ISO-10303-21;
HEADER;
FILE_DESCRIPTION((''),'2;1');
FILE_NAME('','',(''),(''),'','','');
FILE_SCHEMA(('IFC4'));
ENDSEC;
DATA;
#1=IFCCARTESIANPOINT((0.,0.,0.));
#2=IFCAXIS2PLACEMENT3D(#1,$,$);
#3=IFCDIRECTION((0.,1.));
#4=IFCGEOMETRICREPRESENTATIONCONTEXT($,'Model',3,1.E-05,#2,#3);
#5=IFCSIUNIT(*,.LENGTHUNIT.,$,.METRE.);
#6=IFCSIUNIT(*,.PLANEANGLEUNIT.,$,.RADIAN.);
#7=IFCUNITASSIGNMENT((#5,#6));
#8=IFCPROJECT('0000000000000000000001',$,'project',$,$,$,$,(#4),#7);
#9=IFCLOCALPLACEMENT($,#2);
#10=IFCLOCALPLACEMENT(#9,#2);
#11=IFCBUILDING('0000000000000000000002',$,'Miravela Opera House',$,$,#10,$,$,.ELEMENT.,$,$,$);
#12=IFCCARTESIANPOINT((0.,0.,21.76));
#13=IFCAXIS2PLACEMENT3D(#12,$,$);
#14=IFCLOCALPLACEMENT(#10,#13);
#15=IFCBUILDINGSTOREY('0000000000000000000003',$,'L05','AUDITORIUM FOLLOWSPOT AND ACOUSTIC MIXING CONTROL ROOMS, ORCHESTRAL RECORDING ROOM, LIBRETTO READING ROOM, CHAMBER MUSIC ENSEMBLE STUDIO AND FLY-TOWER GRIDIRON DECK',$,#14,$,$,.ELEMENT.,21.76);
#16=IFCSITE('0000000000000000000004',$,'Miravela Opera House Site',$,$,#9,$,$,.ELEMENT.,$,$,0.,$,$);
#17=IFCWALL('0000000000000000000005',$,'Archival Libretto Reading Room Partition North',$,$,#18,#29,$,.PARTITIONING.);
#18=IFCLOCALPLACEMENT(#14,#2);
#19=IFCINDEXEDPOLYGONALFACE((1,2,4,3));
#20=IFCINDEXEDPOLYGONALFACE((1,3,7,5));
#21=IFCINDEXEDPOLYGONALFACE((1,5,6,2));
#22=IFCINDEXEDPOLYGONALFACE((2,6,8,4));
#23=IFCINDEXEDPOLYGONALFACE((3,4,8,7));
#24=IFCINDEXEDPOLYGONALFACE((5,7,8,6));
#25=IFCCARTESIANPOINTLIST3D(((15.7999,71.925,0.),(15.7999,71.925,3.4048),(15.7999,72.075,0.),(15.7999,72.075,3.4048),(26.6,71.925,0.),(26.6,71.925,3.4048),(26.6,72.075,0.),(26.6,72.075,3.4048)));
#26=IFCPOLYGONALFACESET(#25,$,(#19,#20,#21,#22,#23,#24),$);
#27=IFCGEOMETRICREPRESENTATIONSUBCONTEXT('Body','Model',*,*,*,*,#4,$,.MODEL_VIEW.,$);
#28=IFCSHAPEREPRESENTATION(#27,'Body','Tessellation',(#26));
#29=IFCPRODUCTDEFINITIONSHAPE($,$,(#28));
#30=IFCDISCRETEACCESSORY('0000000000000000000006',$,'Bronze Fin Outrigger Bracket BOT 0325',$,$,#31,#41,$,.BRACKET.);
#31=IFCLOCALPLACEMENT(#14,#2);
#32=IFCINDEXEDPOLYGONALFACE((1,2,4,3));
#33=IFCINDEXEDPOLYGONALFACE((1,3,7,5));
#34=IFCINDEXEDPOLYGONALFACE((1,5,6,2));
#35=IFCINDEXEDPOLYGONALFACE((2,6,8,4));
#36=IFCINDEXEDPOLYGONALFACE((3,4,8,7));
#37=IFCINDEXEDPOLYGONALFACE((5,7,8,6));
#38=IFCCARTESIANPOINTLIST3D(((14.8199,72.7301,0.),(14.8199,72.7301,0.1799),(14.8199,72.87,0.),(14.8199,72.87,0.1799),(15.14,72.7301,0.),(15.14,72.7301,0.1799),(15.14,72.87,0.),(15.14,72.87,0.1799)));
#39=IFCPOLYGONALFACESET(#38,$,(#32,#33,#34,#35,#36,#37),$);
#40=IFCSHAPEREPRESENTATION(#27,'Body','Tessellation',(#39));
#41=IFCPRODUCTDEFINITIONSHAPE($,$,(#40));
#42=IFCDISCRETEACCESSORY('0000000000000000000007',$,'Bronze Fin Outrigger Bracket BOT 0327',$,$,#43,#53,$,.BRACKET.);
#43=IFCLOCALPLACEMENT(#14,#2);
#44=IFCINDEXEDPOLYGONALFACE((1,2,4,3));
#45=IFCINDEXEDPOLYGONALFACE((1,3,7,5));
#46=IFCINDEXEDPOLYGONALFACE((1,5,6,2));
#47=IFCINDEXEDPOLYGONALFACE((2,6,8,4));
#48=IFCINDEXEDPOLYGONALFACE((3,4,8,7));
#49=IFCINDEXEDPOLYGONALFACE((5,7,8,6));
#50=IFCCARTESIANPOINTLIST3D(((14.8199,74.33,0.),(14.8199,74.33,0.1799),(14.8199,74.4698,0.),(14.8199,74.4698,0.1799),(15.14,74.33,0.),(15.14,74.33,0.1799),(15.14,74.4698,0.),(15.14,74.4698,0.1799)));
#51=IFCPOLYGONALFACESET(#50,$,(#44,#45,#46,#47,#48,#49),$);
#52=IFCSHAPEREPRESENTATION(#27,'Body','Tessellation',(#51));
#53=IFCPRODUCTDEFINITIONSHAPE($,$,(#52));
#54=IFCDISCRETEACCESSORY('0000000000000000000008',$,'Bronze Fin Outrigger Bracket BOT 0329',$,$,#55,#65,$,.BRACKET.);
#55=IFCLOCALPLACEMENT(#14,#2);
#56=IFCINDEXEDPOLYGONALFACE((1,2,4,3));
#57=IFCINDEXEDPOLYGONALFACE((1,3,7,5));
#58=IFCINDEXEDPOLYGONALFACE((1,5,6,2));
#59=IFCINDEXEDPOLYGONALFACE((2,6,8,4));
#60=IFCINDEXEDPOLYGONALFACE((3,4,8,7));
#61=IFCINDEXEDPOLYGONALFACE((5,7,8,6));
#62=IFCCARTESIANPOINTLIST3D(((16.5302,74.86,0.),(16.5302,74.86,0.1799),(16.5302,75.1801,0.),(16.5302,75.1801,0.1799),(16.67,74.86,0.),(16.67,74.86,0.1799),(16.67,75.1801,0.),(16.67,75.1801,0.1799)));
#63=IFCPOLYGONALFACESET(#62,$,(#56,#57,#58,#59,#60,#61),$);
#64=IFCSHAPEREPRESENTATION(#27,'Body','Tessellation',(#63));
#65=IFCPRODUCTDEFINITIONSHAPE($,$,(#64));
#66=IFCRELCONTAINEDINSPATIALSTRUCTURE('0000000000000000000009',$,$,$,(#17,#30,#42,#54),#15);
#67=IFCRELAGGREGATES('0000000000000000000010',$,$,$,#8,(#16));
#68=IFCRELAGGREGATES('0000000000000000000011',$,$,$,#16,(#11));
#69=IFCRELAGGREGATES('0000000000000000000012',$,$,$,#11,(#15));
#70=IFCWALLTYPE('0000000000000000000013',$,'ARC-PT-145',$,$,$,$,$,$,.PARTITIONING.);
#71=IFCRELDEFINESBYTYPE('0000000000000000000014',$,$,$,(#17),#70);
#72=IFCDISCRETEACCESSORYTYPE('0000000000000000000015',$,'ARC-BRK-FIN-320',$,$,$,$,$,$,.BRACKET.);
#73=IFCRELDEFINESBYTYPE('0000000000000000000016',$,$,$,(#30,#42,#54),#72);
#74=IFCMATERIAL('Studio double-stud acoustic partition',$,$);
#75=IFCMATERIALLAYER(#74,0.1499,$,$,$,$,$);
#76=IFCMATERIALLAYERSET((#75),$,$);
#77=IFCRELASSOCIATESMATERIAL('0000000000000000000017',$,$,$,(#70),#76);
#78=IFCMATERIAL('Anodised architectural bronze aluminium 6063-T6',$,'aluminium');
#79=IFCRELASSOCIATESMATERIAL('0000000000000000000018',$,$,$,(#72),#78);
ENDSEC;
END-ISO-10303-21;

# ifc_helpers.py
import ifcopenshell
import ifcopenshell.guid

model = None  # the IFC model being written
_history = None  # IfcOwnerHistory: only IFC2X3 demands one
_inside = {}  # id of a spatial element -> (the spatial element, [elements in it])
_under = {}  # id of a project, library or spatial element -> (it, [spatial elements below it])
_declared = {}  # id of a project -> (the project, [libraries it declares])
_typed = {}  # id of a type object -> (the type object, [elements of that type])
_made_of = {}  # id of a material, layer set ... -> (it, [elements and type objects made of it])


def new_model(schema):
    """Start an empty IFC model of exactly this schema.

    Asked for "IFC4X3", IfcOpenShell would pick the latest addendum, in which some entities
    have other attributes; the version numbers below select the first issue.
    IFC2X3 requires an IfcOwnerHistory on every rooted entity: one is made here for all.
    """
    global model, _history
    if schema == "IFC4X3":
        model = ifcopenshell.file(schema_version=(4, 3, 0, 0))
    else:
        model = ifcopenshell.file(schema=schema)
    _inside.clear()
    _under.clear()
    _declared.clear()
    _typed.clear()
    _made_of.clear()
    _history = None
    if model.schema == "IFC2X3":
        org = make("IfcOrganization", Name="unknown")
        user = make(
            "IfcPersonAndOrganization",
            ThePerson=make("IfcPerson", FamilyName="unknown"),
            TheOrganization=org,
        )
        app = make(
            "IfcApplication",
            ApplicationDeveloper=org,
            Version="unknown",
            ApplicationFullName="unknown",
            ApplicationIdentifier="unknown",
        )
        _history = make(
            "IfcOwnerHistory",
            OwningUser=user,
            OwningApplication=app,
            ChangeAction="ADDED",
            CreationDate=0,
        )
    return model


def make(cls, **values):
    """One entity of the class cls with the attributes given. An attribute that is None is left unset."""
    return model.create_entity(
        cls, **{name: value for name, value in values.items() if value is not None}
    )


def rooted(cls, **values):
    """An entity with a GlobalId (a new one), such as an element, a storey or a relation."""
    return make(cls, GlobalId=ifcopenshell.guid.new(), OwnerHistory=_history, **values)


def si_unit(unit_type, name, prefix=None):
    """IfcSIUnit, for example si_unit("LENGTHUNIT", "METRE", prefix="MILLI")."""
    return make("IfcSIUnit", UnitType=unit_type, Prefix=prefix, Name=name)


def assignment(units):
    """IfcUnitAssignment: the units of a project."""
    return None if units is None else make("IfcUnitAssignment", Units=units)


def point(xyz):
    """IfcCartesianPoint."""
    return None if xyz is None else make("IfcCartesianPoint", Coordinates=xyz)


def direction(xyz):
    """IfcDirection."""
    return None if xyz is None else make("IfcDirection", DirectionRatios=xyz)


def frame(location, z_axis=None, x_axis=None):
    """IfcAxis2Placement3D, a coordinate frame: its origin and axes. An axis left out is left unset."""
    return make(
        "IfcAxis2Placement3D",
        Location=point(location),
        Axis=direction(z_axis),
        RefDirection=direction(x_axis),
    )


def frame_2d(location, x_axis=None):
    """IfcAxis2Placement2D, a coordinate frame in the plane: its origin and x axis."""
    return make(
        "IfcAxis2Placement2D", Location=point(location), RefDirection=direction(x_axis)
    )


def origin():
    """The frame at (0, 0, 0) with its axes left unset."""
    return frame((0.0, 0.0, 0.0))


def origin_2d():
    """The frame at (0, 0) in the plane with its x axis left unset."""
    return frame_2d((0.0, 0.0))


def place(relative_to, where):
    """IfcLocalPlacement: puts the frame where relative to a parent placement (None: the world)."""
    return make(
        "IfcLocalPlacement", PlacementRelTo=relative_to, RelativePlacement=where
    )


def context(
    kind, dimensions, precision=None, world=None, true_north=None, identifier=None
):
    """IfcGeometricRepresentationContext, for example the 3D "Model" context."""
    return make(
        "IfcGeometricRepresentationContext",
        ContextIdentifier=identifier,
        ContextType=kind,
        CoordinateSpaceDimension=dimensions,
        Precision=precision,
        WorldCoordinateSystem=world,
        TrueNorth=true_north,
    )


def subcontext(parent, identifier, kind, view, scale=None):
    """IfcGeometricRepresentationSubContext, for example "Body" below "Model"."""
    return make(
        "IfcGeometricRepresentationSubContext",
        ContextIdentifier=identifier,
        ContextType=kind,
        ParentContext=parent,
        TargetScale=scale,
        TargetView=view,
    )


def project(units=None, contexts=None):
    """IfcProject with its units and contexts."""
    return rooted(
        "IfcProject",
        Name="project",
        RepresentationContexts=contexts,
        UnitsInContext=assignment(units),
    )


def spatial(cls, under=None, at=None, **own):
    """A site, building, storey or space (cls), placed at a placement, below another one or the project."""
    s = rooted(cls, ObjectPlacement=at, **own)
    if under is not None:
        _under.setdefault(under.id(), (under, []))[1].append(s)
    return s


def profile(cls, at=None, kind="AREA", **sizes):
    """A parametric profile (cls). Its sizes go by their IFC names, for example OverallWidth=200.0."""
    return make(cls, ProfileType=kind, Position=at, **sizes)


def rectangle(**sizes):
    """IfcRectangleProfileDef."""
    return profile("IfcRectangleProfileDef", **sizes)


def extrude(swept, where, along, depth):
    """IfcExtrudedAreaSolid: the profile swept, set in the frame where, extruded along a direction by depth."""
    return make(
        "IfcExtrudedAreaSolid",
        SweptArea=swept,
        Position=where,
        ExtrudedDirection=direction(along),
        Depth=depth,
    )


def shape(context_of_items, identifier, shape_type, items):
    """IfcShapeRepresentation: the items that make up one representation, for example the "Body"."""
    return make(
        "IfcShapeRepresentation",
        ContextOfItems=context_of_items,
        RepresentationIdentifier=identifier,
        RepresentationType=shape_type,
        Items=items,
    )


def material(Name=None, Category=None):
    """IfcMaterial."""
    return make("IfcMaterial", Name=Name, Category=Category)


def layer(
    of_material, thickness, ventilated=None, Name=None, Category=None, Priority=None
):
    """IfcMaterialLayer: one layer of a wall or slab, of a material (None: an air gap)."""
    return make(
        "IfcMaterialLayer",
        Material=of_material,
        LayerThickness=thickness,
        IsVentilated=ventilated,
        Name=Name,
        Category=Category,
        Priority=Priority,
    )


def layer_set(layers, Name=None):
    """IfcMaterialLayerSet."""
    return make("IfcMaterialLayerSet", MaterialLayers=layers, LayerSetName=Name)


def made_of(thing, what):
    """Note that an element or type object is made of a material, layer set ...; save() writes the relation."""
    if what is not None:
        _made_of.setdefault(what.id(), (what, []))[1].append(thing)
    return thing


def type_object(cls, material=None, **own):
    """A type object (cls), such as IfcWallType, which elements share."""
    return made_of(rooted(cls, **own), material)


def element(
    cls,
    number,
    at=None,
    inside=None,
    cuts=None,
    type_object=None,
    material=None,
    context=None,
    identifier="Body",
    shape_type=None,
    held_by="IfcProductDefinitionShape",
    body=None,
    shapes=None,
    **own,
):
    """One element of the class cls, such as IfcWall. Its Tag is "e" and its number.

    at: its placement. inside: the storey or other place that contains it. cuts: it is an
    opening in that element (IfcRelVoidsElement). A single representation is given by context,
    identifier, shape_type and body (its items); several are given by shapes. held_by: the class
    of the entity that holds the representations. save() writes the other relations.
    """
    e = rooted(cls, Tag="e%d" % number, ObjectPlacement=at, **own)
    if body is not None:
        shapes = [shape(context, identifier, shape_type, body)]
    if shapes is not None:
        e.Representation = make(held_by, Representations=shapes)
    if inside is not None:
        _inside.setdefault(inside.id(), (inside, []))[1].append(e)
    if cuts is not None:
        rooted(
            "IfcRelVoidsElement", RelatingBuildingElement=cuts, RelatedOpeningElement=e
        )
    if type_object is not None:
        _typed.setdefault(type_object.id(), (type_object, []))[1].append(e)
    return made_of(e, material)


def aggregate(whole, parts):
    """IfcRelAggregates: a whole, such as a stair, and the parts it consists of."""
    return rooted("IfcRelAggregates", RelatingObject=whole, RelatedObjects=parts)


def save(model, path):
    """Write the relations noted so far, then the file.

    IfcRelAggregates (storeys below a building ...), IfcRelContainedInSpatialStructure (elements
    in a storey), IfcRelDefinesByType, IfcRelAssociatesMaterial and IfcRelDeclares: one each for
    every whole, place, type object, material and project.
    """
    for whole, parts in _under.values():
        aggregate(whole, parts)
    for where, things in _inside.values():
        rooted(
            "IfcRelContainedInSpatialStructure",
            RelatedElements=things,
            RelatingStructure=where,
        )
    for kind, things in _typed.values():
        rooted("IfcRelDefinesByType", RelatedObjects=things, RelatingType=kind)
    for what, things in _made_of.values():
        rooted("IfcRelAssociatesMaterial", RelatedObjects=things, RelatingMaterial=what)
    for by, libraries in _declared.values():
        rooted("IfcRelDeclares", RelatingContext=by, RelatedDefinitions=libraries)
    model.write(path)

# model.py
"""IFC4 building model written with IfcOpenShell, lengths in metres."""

from ifc_helpers import new_model, si_unit, direction, frame, frame_2d, origin, origin_2d, place, context, subcontext, project, spatial, rectangle, extrude, material, layer, layer_set, type_object, element, save


model = new_model("IFC4")

# Units and contexts
model_context = context("Model", 3, precision=1e-05, world=origin(), true_north=direction((0.0, 1.0)))
body_context = subcontext(model_context, "Body", "Model", "MODEL_VIEW")
ifc_project = project(units=[si_unit("LENGTHUNIT", "METRE"), si_unit("PLANEANGLEUNIT", "RADIAN")], contexts=[model_context])

# Site, building, storey
site_placement = place(None, origin())
site = spatial("IfcSite", under=ifc_project, at=site_placement, Name="Miravela Opera House Site", CompositionType="ELEMENT", RefElevation=0.0)
building_placement = place(site_placement, origin())
building = spatial("IfcBuilding", under=site, at=building_placement, Name="Miravela Opera House", CompositionType="ELEMENT")
storey_placement = place(building_placement, frame((0.0, 0.0, 21.76)))
storey = spatial("IfcBuildingStorey", under=building, at=storey_placement, Name="L05", Description="AUDITORIUM FOLLOWSPOT AND ACOUSTIC MIXING CONTROL ROOMS, ORCHESTRAL RECORDING ROOM, LIBRETTO READING ROOM, CHAMBER MUSIC ENSEMBLE STUDIO AND FLY-TOWER GRIDIRON DECK", CompositionType="ELEMENT", Elevation=21.76)

# Shared definitions
ifc_material_1 = material(Name="Anodised architectural bronze aluminium 6063-T6", Category="aluminium")

# Wall
ifc_material_2 = material(Name="Studio double-stud acoustic partition")
ifc_layer_1 = layer(ifc_material_2, 0.1499)
ifc_layer_set_1 = layer_set([ifc_layer_1])
wall_type = type_object("IfcWallType", Name="ARC-PT-145", PredefinedType="PARTITIONING", material=ifc_layer_set_1)
wall_placement = place(storey_placement, frame((15.8, 72.0, 0.0), z_axis=(0.0, 0.0, 1.0), x_axis=(1.0, 0.0, 0.0)))
element("IfcWall", 1, at=wall_placement, inside=storey, type_object=wall_type, Name="Archival Libretto Reading Room Partition North", PredefinedType="PARTITIONING", context=body_context, shape_type="SweptSolid", body=[
    extrude(rectangle(XDim=10.8, YDim=0.1499, at=frame_2d((5.3999, 0.0))), origin(), (0.0, 0.0, 1.0), 3.4048),
])

# Discrete accessories
discrete_accessory_type = type_object("IfcDiscreteAccessoryType", Name="ARC-BRK-FIN-320", PredefinedType="BRACKET", material=ifc_material_1)
for number, where, z_axis, x_axis, name in (
    (2, (14.98, 72.8, 0.0), (0.0, 0.0, 1.0), (1.0, 0.0, 0.0), "Bronze Fin Outrigger Bracket BOT 0325"),
    (3, (14.98, 74.3999, 0.0), (0.0, 0.0, 1.0), (1.0, 0.0, 0.0), "Bronze Fin Outrigger Bracket BOT 0327"),
    (4, (16.6001, 75.02, 0.0), (0.0, 0.0, 1.0), (0.0, 1.0, 0.0), "Bronze Fin Outrigger Bracket BOT 0329"),
):
    element("IfcDiscreteAccessory", number, at=place(storey_placement, frame(where, z_axis=z_axis, x_axis=x_axis)), inside=storey, type_object=discrete_accessory_type, Name=name, PredefinedType="BRACKET", context=body_context, shape_type="SweptSolid", body=[
        extrude(rectangle(XDim=0.3201, YDim=0.1399, at=origin_2d()), origin(), (0.0, 0.0, 1.0), 0.1799),
    ])

save(model, "model.ifc")
